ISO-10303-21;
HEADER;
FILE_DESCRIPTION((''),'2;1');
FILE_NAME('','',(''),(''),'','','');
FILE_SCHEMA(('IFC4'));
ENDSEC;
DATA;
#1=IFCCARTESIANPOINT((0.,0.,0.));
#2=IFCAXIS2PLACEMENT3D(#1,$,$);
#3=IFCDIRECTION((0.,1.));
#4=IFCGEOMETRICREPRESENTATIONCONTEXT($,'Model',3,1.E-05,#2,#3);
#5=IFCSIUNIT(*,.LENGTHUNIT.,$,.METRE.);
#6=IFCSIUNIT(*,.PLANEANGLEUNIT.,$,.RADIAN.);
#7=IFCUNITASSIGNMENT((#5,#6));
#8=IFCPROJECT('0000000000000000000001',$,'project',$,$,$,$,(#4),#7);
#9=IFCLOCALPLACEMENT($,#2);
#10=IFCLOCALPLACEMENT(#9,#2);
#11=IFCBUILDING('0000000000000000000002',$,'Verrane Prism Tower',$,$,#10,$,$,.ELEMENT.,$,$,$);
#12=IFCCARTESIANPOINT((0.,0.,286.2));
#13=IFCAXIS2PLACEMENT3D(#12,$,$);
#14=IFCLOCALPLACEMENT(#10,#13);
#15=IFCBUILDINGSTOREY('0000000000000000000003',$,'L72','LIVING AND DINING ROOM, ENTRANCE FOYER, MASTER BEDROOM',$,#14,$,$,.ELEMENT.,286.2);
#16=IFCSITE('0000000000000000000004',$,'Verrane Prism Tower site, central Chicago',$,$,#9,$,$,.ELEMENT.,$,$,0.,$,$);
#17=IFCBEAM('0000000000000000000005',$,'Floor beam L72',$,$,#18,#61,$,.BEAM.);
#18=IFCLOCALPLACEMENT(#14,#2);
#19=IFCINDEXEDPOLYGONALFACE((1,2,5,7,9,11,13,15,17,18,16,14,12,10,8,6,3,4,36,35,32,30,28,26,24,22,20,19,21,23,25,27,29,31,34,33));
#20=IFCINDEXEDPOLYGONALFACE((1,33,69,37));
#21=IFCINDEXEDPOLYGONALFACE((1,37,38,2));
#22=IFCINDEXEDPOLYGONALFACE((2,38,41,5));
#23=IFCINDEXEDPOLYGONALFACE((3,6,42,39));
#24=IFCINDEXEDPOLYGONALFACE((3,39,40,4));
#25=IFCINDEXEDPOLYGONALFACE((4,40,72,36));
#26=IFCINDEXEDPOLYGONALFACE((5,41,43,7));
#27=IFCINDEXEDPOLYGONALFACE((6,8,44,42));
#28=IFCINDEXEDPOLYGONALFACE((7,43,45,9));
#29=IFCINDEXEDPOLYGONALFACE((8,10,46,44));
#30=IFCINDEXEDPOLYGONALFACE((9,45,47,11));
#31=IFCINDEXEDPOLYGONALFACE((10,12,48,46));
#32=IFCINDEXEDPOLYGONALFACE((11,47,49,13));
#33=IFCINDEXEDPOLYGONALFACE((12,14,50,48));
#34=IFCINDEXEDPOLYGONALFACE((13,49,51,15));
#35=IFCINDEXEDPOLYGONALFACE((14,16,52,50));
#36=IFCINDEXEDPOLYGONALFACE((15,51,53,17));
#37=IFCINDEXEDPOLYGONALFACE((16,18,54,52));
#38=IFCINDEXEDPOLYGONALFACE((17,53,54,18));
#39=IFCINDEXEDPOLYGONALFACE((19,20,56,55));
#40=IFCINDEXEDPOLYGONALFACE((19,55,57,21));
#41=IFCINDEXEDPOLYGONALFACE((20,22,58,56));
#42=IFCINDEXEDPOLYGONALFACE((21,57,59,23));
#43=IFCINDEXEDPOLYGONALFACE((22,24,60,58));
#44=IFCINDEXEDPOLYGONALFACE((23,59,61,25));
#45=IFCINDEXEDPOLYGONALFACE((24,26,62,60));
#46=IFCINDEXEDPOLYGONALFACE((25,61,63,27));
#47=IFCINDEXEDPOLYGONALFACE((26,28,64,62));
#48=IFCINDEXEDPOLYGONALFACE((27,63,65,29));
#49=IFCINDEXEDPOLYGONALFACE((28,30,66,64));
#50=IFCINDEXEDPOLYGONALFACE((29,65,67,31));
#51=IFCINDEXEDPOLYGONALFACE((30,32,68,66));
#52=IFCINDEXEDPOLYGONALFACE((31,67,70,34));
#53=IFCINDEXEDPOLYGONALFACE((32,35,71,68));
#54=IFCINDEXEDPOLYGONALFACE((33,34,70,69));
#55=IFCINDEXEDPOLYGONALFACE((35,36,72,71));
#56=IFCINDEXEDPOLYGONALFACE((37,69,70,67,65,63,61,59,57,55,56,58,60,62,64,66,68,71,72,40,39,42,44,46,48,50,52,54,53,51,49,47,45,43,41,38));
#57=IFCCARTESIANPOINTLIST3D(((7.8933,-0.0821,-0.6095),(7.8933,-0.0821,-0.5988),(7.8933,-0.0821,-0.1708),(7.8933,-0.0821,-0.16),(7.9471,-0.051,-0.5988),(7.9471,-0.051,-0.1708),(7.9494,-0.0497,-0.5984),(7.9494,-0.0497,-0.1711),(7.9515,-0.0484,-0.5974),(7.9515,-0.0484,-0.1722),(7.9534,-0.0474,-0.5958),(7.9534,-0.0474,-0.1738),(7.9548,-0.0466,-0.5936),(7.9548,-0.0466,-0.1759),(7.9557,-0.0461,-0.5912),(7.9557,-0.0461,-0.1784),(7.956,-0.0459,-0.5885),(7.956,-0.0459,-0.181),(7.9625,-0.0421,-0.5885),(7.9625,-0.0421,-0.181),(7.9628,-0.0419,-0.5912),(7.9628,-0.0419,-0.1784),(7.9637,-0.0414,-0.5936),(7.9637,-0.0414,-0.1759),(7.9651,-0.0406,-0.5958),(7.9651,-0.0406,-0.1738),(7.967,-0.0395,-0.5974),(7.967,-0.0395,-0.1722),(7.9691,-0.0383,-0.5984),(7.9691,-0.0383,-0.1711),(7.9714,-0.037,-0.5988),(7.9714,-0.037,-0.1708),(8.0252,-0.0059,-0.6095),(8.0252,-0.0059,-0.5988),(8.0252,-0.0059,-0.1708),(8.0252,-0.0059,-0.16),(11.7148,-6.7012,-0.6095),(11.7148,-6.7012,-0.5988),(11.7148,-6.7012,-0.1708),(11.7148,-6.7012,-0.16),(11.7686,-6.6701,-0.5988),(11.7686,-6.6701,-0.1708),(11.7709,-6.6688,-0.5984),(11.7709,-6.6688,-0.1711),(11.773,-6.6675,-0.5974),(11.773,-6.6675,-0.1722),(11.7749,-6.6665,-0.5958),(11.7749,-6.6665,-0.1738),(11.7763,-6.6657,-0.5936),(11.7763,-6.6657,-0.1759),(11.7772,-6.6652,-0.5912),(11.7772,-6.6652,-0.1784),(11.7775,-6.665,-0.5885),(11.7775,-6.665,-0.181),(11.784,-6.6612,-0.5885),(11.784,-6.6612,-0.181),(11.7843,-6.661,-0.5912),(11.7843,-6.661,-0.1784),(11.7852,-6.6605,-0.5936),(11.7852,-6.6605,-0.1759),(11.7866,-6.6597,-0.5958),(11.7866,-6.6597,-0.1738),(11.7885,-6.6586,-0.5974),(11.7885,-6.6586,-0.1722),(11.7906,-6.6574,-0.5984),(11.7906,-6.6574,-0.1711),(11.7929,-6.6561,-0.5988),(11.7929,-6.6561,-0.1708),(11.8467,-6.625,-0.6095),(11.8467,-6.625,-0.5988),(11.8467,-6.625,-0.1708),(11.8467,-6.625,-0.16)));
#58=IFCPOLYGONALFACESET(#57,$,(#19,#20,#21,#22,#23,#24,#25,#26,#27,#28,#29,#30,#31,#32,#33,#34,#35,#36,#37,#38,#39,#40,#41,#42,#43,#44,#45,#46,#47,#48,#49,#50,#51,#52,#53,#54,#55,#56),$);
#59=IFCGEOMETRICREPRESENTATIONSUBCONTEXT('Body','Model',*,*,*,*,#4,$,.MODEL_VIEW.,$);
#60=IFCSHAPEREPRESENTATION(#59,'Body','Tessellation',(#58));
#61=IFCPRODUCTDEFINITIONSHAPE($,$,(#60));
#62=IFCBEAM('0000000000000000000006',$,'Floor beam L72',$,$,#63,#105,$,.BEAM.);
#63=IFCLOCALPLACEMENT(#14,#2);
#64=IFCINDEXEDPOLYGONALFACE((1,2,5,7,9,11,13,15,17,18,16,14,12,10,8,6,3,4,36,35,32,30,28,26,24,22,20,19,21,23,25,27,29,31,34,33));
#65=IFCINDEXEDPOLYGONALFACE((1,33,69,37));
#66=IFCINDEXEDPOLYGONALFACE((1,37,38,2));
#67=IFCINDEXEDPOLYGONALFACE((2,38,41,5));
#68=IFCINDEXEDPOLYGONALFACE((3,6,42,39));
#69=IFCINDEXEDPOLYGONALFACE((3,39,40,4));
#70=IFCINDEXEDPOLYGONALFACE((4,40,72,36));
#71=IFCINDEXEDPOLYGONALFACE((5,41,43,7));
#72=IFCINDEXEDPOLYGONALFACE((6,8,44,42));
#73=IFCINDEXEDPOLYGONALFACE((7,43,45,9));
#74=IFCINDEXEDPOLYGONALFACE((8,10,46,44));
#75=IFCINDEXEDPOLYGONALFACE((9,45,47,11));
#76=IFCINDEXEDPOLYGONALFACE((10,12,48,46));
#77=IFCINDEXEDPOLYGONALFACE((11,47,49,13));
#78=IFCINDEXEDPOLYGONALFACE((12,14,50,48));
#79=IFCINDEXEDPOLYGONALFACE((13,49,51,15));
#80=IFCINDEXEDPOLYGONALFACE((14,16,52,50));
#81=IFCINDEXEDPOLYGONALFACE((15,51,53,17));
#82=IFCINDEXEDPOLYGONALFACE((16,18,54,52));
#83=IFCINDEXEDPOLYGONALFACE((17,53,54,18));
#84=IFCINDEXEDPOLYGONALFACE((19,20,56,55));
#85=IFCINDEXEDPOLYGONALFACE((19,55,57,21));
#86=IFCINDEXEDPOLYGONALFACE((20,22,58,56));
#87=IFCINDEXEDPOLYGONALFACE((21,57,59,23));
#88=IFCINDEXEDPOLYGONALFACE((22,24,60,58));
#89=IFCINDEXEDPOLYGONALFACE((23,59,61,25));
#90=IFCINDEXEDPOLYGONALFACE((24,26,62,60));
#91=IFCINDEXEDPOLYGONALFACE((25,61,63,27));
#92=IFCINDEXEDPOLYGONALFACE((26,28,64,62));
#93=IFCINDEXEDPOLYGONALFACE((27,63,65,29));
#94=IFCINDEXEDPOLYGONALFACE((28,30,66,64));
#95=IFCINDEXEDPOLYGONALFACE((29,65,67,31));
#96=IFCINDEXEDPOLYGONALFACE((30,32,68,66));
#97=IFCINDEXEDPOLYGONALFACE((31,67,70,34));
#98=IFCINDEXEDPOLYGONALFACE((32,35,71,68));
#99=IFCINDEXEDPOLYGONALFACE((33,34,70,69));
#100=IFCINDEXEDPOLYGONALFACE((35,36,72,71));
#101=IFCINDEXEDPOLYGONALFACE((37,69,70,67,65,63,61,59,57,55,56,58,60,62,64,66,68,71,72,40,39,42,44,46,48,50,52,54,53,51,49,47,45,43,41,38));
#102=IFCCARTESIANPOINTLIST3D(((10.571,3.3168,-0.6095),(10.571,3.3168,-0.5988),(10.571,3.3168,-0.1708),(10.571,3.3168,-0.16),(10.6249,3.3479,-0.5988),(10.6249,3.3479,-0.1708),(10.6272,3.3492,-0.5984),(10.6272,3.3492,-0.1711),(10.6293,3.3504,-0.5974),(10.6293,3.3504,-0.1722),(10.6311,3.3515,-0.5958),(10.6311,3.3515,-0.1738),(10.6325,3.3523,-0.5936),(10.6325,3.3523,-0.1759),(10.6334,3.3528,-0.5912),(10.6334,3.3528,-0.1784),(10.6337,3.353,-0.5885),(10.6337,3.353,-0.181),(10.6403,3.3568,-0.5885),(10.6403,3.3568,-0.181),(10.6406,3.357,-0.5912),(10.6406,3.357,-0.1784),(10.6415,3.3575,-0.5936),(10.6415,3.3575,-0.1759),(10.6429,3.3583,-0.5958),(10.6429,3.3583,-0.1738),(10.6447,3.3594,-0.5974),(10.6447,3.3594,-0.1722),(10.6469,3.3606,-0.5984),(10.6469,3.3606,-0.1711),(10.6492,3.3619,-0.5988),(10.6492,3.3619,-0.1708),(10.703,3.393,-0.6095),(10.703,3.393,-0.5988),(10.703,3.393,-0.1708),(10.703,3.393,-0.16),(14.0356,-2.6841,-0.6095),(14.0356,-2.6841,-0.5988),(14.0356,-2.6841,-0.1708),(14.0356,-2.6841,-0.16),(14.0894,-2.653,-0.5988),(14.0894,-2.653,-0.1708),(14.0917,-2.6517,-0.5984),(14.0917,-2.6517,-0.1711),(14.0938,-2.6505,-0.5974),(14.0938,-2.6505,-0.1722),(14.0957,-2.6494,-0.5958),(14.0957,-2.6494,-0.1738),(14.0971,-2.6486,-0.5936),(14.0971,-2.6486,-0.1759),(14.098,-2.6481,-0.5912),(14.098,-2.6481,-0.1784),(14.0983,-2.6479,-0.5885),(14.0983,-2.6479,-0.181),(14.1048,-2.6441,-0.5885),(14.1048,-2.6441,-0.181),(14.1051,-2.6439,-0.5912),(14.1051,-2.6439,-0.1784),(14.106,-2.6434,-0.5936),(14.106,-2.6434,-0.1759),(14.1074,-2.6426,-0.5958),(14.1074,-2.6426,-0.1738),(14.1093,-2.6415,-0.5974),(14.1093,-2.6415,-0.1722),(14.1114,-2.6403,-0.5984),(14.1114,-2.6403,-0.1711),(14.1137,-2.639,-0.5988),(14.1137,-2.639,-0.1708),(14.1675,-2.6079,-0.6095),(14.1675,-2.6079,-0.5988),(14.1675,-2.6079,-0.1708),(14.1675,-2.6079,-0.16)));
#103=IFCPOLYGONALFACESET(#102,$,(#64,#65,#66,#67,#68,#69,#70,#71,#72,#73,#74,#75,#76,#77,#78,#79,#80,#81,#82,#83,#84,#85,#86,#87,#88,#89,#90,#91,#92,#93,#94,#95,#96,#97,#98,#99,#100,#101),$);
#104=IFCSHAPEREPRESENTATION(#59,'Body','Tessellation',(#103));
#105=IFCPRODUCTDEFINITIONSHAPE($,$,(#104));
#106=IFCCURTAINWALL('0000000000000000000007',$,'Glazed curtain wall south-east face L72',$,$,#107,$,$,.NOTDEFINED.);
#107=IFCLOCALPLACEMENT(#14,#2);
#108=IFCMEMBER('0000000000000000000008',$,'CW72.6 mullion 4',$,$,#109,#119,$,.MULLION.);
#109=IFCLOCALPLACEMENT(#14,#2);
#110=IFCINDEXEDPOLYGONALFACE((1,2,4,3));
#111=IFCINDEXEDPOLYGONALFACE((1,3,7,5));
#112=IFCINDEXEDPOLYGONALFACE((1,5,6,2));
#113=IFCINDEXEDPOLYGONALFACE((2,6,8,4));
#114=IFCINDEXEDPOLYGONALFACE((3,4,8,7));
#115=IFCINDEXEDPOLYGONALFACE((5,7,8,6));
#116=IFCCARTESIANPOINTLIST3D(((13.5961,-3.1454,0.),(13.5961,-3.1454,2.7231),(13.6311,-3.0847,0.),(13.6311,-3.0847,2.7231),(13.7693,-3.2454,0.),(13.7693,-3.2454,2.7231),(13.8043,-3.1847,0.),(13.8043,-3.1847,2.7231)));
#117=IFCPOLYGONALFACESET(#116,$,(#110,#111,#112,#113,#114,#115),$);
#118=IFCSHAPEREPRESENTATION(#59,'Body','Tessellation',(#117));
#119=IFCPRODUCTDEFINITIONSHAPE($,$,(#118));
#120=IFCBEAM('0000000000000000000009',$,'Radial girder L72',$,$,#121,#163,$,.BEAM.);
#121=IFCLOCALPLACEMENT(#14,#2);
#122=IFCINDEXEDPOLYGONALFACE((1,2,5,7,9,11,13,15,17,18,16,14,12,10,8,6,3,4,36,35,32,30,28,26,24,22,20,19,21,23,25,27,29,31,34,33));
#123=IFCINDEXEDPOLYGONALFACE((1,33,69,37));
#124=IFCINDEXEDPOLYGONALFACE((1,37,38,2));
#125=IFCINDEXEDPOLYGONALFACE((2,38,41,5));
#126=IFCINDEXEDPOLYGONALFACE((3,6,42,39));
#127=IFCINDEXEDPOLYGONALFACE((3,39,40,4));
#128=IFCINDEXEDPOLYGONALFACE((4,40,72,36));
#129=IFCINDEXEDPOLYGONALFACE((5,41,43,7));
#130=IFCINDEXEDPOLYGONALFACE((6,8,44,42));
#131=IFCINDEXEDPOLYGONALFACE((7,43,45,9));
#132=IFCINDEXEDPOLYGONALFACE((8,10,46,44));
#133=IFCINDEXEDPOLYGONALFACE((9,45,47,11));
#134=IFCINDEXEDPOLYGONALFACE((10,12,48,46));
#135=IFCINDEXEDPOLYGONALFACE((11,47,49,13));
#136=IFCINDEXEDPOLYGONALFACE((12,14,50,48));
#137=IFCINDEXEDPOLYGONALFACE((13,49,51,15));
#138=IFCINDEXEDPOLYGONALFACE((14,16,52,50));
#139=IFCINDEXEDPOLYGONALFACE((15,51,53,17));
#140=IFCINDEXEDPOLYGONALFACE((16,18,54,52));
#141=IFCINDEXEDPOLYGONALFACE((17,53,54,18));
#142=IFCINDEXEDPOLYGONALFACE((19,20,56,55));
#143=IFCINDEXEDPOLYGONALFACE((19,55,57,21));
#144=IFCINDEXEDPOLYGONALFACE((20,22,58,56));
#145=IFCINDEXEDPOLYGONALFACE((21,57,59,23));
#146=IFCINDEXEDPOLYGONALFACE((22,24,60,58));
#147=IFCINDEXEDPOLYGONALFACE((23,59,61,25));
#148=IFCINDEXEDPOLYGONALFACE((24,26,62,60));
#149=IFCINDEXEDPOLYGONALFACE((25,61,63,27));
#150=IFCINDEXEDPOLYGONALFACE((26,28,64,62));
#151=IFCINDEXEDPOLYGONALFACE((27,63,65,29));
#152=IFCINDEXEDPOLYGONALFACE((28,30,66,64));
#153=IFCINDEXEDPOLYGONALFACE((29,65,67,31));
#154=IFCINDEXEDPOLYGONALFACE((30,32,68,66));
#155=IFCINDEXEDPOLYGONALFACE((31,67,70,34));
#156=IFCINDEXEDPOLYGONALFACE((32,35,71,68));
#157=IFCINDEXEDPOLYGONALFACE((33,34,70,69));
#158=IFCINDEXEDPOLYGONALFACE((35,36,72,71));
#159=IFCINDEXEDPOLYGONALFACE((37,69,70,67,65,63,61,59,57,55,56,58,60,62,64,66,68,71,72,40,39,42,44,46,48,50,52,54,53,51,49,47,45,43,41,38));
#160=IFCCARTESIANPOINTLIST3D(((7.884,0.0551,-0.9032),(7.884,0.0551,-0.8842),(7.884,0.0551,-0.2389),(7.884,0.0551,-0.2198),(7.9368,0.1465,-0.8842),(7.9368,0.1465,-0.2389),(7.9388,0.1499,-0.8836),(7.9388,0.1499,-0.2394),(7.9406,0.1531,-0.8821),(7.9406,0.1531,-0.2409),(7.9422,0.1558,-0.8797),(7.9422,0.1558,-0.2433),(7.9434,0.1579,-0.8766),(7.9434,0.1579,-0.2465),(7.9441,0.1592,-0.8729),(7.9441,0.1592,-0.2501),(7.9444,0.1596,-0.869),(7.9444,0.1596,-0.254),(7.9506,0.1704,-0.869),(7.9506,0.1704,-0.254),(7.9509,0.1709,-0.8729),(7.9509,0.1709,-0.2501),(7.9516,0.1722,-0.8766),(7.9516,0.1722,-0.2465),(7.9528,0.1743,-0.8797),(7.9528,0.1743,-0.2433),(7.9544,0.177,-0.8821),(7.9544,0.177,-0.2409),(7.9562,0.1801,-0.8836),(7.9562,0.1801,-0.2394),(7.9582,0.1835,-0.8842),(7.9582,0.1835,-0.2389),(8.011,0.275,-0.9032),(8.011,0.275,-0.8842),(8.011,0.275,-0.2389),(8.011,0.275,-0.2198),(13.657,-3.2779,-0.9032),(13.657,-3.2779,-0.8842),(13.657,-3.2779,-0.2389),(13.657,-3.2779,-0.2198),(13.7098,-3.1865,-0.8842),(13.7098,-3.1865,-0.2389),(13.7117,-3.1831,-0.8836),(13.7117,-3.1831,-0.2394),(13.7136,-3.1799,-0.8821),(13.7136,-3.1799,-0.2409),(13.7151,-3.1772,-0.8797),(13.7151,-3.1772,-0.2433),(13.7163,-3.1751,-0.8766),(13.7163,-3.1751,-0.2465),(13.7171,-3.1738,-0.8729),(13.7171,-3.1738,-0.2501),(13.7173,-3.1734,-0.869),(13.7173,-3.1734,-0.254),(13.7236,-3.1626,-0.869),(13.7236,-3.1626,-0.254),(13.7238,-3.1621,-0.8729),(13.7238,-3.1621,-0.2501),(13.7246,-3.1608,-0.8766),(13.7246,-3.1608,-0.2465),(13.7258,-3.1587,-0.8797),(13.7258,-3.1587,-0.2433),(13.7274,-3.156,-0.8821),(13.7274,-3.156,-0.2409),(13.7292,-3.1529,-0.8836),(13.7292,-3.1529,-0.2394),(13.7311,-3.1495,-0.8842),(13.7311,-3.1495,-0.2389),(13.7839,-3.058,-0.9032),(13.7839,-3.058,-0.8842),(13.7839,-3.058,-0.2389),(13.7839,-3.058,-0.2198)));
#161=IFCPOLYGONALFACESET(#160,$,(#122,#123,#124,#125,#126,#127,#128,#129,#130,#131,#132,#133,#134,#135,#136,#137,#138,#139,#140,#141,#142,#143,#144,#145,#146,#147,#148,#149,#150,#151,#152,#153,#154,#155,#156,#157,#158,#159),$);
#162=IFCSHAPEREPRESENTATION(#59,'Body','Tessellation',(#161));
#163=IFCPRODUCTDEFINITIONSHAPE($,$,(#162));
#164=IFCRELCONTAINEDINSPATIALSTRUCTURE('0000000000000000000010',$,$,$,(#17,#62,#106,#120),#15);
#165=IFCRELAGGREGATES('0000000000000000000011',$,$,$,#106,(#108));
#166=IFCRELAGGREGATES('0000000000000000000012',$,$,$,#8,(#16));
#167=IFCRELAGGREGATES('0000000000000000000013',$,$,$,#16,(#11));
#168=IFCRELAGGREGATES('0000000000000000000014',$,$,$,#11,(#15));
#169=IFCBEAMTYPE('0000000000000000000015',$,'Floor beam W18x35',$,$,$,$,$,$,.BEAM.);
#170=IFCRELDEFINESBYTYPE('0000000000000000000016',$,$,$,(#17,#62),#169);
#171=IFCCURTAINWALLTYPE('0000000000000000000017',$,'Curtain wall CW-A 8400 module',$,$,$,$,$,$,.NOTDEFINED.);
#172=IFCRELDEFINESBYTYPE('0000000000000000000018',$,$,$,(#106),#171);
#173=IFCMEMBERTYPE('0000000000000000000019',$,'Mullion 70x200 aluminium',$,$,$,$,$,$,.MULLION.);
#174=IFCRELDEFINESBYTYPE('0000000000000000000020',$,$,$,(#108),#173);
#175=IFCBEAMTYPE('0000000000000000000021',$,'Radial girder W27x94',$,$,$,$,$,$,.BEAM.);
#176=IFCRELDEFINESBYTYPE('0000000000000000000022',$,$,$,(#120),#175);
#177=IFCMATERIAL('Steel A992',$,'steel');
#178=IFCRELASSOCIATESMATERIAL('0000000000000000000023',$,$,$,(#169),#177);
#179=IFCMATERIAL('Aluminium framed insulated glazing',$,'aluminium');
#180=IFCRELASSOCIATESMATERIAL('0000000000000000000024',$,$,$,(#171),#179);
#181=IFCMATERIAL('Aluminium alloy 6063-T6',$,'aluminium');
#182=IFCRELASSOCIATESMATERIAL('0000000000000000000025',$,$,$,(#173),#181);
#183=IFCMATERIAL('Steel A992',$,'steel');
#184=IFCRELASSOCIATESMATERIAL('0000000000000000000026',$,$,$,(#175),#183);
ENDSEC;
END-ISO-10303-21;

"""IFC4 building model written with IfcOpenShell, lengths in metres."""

from ifc_helpers import new_model, si_unit, direction, frame, origin, origin_2d, place, context, subcontext, project, spatial, rectangle, i_section, extrude, material, material_profile, profile_set, type_object, element, aggregate, save


model = new_model("IFC4")

# Units and contexts
model_context = context("Model", 3, precision=1e-05, world=origin(), true_north=direction((0.0, 1.0)))
body_context = subcontext(model_context, "Body", "Model", "MODEL_VIEW")
ifc_project = project(units=[si_unit("LENGTHUNIT", "METRE"), si_unit("PLANEANGLEUNIT", "RADIAN")], contexts=[model_context])

# Site, building, storey
site_placement = place(None, origin())
site = spatial("IfcSite", under=ifc_project, at=site_placement, Name="Verrane Prism Tower site, central Chicago", CompositionType="ELEMENT", RefElevation=0.0)
building_placement = place(site_placement, origin())
building = spatial("IfcBuilding", under=site, at=building_placement, Name="Verrane Prism Tower", CompositionType="ELEMENT")
storey_placement = place(building_placement, frame((0.0, 0.0, 286.2)))
storey = spatial("IfcBuildingStorey", under=building, at=storey_placement, Name="L72", Description="LIVING AND DINING ROOM, ENTRANCE FOYER, MASTER BEDROOM", CompositionType="ELEMENT", Elevation=286.2)

# Beams
ifc_material_1 = material(Name="Steel A992", Category="steel")
ifc_material_profile_1 = material_profile(ifc_material_1, i_section(OverallWidth=0.1523, OverallDepth=0.4495, WebThickness=0.0076, FlangeThickness=0.0107, FilletRadius=0.0103, at=origin_2d()), Name="W18x35")
ifc_profile_set_1 = profile_set([ifc_material_profile_1], Name="Steel A992")
beam_type_1 = type_object("IfcBeamType", Name="Floor beam W18x35", PredefinedType="BEAM", material=ifc_profile_set_1)
beam_1_placement = place(storey_placement, frame((11.7808, -6.6631, -0.3848), z_axis=(-0.499997, 0.866027, 0.0), x_axis=(-0.866027, -0.499997, 0.0)))
element("IfcBeam", 1, at=beam_1_placement, inside=storey, type_object=beam_type_1, Name="Floor beam L72", PredefinedType="BEAM", context=body_context, shape_type="SweptSolid", body=[
    extrude(i_section(OverallWidth=0.1523, OverallDepth=0.4495, WebThickness=0.0076, FlangeThickness=0.0107, FilletRadius=0.0103, at=origin_2d()), origin(), (0.0, 0.0, 1.0), 7.6431),
])
beam_2_placement = place(storey_placement, frame((14.1016, -2.646, -0.3848), z_axis=(-0.499993, 0.86603, 0.0), x_axis=(-0.86603, -0.499993, 0.0)))
element("IfcBeam", 2, at=beam_2_placement, inside=storey, type_object=beam_type_1, Name="Floor beam L72", PredefinedType="BEAM", context=body_context, shape_type="SweptSolid", body=[
    extrude(i_section(OverallWidth=0.1523, OverallDepth=0.4495, WebThickness=0.0076, FlangeThickness=0.0107, FilletRadius=0.0103, at=origin_2d()), origin(), (0.0, 0.0, 1.0), 6.9292),
])

# Curtain wall, member
ifc_material_2 = material(Name="Aluminium framed insulated glazing", Category="aluminium")
curtain_wall_type = type_object("IfcCurtainWallType", Name="Curtain wall CW-A 8400 module", PredefinedType="NOTDEFINED", material=ifc_material_2)
curtain_wall_placement = place(storey_placement, origin())
curtain_wall = element("IfcCurtainWall", 3, at=curtain_wall_placement, inside=storey, type_object=curtain_wall_type, Name="Glazed curtain wall south-east face L72", PredefinedType="NOTDEFINED")
ifc_material_3 = material(Name="Aluminium alloy 6063-T6", Category="aluminium")
ifc_material_profile_2 = material_profile(ifc_material_3, rectangle(XDim=0.2, YDim=0.0701, at=origin_2d()), Name="Mullion 70x200 aluminium")
ifc_profile_set_2 = profile_set([ifc_material_profile_2], Name="Aluminium alloy 6063-T6")
member_type_1 = type_object("IfcMemberType", Name="Mullion 70x200 aluminium", PredefinedType="MULLION", material=ifc_profile_set_2)
member_1_placement = place(storey_placement, frame((13.7002, -3.165, 0.0), z_axis=(0.0, 0.0, 1.0), x_axis=(-0.866025, 0.500001, 0.0)))
member_1 = element("IfcMember", 4, at=member_1_placement, type_object=member_type_1, Name="CW72.6 mullion 4", PredefinedType="MULLION", context=body_context, shape_type="SweptSolid", body=[
    extrude(rectangle(XDim=0.2, YDim=0.0701, at=origin_2d()), origin(), (0.0, 0.0, 1.0), 2.7231),
])

# Beam
ifc_material_4 = material(Name="Steel A992", Category="steel")
ifc_material_profile_3 = material_profile(ifc_material_4, i_section(OverallWidth=0.2539, OverallDepth=0.6833, WebThickness=0.0125, FlangeThickness=0.019, FilletRadius=0.0151, at=origin_2d()), Name="W27x94")
ifc_profile_set_3 = profile_set([ifc_material_profile_3], Name="Steel A992")
beam_type_2 = type_object("IfcBeamType", Name="Radial girder W27x94", PredefinedType="BEAM", material=ifc_profile_set_3)
beam_3_placement = place(storey_placement, frame((13.7205, -3.168, -0.5615), z_axis=(-0.866026, 0.499999, 0.0), x_axis=(-0.499999, -0.866026, 0.0)))
element("IfcBeam", 5, at=beam_3_placement, inside=storey, type_object=beam_type_2, Name="Radial girder L72", PredefinedType="BEAM", context=body_context, shape_type="SweptSolid", body=[
    extrude(i_section(OverallWidth=0.2539, OverallDepth=0.6833, WebThickness=0.0125, FlangeThickness=0.019, FilletRadius=0.0151, at=origin_2d()), origin(), (0.0, 0.0, 1.0), 6.666),
])

aggregate(curtain_wall, [member_1])

save(model, "model.ifc")
